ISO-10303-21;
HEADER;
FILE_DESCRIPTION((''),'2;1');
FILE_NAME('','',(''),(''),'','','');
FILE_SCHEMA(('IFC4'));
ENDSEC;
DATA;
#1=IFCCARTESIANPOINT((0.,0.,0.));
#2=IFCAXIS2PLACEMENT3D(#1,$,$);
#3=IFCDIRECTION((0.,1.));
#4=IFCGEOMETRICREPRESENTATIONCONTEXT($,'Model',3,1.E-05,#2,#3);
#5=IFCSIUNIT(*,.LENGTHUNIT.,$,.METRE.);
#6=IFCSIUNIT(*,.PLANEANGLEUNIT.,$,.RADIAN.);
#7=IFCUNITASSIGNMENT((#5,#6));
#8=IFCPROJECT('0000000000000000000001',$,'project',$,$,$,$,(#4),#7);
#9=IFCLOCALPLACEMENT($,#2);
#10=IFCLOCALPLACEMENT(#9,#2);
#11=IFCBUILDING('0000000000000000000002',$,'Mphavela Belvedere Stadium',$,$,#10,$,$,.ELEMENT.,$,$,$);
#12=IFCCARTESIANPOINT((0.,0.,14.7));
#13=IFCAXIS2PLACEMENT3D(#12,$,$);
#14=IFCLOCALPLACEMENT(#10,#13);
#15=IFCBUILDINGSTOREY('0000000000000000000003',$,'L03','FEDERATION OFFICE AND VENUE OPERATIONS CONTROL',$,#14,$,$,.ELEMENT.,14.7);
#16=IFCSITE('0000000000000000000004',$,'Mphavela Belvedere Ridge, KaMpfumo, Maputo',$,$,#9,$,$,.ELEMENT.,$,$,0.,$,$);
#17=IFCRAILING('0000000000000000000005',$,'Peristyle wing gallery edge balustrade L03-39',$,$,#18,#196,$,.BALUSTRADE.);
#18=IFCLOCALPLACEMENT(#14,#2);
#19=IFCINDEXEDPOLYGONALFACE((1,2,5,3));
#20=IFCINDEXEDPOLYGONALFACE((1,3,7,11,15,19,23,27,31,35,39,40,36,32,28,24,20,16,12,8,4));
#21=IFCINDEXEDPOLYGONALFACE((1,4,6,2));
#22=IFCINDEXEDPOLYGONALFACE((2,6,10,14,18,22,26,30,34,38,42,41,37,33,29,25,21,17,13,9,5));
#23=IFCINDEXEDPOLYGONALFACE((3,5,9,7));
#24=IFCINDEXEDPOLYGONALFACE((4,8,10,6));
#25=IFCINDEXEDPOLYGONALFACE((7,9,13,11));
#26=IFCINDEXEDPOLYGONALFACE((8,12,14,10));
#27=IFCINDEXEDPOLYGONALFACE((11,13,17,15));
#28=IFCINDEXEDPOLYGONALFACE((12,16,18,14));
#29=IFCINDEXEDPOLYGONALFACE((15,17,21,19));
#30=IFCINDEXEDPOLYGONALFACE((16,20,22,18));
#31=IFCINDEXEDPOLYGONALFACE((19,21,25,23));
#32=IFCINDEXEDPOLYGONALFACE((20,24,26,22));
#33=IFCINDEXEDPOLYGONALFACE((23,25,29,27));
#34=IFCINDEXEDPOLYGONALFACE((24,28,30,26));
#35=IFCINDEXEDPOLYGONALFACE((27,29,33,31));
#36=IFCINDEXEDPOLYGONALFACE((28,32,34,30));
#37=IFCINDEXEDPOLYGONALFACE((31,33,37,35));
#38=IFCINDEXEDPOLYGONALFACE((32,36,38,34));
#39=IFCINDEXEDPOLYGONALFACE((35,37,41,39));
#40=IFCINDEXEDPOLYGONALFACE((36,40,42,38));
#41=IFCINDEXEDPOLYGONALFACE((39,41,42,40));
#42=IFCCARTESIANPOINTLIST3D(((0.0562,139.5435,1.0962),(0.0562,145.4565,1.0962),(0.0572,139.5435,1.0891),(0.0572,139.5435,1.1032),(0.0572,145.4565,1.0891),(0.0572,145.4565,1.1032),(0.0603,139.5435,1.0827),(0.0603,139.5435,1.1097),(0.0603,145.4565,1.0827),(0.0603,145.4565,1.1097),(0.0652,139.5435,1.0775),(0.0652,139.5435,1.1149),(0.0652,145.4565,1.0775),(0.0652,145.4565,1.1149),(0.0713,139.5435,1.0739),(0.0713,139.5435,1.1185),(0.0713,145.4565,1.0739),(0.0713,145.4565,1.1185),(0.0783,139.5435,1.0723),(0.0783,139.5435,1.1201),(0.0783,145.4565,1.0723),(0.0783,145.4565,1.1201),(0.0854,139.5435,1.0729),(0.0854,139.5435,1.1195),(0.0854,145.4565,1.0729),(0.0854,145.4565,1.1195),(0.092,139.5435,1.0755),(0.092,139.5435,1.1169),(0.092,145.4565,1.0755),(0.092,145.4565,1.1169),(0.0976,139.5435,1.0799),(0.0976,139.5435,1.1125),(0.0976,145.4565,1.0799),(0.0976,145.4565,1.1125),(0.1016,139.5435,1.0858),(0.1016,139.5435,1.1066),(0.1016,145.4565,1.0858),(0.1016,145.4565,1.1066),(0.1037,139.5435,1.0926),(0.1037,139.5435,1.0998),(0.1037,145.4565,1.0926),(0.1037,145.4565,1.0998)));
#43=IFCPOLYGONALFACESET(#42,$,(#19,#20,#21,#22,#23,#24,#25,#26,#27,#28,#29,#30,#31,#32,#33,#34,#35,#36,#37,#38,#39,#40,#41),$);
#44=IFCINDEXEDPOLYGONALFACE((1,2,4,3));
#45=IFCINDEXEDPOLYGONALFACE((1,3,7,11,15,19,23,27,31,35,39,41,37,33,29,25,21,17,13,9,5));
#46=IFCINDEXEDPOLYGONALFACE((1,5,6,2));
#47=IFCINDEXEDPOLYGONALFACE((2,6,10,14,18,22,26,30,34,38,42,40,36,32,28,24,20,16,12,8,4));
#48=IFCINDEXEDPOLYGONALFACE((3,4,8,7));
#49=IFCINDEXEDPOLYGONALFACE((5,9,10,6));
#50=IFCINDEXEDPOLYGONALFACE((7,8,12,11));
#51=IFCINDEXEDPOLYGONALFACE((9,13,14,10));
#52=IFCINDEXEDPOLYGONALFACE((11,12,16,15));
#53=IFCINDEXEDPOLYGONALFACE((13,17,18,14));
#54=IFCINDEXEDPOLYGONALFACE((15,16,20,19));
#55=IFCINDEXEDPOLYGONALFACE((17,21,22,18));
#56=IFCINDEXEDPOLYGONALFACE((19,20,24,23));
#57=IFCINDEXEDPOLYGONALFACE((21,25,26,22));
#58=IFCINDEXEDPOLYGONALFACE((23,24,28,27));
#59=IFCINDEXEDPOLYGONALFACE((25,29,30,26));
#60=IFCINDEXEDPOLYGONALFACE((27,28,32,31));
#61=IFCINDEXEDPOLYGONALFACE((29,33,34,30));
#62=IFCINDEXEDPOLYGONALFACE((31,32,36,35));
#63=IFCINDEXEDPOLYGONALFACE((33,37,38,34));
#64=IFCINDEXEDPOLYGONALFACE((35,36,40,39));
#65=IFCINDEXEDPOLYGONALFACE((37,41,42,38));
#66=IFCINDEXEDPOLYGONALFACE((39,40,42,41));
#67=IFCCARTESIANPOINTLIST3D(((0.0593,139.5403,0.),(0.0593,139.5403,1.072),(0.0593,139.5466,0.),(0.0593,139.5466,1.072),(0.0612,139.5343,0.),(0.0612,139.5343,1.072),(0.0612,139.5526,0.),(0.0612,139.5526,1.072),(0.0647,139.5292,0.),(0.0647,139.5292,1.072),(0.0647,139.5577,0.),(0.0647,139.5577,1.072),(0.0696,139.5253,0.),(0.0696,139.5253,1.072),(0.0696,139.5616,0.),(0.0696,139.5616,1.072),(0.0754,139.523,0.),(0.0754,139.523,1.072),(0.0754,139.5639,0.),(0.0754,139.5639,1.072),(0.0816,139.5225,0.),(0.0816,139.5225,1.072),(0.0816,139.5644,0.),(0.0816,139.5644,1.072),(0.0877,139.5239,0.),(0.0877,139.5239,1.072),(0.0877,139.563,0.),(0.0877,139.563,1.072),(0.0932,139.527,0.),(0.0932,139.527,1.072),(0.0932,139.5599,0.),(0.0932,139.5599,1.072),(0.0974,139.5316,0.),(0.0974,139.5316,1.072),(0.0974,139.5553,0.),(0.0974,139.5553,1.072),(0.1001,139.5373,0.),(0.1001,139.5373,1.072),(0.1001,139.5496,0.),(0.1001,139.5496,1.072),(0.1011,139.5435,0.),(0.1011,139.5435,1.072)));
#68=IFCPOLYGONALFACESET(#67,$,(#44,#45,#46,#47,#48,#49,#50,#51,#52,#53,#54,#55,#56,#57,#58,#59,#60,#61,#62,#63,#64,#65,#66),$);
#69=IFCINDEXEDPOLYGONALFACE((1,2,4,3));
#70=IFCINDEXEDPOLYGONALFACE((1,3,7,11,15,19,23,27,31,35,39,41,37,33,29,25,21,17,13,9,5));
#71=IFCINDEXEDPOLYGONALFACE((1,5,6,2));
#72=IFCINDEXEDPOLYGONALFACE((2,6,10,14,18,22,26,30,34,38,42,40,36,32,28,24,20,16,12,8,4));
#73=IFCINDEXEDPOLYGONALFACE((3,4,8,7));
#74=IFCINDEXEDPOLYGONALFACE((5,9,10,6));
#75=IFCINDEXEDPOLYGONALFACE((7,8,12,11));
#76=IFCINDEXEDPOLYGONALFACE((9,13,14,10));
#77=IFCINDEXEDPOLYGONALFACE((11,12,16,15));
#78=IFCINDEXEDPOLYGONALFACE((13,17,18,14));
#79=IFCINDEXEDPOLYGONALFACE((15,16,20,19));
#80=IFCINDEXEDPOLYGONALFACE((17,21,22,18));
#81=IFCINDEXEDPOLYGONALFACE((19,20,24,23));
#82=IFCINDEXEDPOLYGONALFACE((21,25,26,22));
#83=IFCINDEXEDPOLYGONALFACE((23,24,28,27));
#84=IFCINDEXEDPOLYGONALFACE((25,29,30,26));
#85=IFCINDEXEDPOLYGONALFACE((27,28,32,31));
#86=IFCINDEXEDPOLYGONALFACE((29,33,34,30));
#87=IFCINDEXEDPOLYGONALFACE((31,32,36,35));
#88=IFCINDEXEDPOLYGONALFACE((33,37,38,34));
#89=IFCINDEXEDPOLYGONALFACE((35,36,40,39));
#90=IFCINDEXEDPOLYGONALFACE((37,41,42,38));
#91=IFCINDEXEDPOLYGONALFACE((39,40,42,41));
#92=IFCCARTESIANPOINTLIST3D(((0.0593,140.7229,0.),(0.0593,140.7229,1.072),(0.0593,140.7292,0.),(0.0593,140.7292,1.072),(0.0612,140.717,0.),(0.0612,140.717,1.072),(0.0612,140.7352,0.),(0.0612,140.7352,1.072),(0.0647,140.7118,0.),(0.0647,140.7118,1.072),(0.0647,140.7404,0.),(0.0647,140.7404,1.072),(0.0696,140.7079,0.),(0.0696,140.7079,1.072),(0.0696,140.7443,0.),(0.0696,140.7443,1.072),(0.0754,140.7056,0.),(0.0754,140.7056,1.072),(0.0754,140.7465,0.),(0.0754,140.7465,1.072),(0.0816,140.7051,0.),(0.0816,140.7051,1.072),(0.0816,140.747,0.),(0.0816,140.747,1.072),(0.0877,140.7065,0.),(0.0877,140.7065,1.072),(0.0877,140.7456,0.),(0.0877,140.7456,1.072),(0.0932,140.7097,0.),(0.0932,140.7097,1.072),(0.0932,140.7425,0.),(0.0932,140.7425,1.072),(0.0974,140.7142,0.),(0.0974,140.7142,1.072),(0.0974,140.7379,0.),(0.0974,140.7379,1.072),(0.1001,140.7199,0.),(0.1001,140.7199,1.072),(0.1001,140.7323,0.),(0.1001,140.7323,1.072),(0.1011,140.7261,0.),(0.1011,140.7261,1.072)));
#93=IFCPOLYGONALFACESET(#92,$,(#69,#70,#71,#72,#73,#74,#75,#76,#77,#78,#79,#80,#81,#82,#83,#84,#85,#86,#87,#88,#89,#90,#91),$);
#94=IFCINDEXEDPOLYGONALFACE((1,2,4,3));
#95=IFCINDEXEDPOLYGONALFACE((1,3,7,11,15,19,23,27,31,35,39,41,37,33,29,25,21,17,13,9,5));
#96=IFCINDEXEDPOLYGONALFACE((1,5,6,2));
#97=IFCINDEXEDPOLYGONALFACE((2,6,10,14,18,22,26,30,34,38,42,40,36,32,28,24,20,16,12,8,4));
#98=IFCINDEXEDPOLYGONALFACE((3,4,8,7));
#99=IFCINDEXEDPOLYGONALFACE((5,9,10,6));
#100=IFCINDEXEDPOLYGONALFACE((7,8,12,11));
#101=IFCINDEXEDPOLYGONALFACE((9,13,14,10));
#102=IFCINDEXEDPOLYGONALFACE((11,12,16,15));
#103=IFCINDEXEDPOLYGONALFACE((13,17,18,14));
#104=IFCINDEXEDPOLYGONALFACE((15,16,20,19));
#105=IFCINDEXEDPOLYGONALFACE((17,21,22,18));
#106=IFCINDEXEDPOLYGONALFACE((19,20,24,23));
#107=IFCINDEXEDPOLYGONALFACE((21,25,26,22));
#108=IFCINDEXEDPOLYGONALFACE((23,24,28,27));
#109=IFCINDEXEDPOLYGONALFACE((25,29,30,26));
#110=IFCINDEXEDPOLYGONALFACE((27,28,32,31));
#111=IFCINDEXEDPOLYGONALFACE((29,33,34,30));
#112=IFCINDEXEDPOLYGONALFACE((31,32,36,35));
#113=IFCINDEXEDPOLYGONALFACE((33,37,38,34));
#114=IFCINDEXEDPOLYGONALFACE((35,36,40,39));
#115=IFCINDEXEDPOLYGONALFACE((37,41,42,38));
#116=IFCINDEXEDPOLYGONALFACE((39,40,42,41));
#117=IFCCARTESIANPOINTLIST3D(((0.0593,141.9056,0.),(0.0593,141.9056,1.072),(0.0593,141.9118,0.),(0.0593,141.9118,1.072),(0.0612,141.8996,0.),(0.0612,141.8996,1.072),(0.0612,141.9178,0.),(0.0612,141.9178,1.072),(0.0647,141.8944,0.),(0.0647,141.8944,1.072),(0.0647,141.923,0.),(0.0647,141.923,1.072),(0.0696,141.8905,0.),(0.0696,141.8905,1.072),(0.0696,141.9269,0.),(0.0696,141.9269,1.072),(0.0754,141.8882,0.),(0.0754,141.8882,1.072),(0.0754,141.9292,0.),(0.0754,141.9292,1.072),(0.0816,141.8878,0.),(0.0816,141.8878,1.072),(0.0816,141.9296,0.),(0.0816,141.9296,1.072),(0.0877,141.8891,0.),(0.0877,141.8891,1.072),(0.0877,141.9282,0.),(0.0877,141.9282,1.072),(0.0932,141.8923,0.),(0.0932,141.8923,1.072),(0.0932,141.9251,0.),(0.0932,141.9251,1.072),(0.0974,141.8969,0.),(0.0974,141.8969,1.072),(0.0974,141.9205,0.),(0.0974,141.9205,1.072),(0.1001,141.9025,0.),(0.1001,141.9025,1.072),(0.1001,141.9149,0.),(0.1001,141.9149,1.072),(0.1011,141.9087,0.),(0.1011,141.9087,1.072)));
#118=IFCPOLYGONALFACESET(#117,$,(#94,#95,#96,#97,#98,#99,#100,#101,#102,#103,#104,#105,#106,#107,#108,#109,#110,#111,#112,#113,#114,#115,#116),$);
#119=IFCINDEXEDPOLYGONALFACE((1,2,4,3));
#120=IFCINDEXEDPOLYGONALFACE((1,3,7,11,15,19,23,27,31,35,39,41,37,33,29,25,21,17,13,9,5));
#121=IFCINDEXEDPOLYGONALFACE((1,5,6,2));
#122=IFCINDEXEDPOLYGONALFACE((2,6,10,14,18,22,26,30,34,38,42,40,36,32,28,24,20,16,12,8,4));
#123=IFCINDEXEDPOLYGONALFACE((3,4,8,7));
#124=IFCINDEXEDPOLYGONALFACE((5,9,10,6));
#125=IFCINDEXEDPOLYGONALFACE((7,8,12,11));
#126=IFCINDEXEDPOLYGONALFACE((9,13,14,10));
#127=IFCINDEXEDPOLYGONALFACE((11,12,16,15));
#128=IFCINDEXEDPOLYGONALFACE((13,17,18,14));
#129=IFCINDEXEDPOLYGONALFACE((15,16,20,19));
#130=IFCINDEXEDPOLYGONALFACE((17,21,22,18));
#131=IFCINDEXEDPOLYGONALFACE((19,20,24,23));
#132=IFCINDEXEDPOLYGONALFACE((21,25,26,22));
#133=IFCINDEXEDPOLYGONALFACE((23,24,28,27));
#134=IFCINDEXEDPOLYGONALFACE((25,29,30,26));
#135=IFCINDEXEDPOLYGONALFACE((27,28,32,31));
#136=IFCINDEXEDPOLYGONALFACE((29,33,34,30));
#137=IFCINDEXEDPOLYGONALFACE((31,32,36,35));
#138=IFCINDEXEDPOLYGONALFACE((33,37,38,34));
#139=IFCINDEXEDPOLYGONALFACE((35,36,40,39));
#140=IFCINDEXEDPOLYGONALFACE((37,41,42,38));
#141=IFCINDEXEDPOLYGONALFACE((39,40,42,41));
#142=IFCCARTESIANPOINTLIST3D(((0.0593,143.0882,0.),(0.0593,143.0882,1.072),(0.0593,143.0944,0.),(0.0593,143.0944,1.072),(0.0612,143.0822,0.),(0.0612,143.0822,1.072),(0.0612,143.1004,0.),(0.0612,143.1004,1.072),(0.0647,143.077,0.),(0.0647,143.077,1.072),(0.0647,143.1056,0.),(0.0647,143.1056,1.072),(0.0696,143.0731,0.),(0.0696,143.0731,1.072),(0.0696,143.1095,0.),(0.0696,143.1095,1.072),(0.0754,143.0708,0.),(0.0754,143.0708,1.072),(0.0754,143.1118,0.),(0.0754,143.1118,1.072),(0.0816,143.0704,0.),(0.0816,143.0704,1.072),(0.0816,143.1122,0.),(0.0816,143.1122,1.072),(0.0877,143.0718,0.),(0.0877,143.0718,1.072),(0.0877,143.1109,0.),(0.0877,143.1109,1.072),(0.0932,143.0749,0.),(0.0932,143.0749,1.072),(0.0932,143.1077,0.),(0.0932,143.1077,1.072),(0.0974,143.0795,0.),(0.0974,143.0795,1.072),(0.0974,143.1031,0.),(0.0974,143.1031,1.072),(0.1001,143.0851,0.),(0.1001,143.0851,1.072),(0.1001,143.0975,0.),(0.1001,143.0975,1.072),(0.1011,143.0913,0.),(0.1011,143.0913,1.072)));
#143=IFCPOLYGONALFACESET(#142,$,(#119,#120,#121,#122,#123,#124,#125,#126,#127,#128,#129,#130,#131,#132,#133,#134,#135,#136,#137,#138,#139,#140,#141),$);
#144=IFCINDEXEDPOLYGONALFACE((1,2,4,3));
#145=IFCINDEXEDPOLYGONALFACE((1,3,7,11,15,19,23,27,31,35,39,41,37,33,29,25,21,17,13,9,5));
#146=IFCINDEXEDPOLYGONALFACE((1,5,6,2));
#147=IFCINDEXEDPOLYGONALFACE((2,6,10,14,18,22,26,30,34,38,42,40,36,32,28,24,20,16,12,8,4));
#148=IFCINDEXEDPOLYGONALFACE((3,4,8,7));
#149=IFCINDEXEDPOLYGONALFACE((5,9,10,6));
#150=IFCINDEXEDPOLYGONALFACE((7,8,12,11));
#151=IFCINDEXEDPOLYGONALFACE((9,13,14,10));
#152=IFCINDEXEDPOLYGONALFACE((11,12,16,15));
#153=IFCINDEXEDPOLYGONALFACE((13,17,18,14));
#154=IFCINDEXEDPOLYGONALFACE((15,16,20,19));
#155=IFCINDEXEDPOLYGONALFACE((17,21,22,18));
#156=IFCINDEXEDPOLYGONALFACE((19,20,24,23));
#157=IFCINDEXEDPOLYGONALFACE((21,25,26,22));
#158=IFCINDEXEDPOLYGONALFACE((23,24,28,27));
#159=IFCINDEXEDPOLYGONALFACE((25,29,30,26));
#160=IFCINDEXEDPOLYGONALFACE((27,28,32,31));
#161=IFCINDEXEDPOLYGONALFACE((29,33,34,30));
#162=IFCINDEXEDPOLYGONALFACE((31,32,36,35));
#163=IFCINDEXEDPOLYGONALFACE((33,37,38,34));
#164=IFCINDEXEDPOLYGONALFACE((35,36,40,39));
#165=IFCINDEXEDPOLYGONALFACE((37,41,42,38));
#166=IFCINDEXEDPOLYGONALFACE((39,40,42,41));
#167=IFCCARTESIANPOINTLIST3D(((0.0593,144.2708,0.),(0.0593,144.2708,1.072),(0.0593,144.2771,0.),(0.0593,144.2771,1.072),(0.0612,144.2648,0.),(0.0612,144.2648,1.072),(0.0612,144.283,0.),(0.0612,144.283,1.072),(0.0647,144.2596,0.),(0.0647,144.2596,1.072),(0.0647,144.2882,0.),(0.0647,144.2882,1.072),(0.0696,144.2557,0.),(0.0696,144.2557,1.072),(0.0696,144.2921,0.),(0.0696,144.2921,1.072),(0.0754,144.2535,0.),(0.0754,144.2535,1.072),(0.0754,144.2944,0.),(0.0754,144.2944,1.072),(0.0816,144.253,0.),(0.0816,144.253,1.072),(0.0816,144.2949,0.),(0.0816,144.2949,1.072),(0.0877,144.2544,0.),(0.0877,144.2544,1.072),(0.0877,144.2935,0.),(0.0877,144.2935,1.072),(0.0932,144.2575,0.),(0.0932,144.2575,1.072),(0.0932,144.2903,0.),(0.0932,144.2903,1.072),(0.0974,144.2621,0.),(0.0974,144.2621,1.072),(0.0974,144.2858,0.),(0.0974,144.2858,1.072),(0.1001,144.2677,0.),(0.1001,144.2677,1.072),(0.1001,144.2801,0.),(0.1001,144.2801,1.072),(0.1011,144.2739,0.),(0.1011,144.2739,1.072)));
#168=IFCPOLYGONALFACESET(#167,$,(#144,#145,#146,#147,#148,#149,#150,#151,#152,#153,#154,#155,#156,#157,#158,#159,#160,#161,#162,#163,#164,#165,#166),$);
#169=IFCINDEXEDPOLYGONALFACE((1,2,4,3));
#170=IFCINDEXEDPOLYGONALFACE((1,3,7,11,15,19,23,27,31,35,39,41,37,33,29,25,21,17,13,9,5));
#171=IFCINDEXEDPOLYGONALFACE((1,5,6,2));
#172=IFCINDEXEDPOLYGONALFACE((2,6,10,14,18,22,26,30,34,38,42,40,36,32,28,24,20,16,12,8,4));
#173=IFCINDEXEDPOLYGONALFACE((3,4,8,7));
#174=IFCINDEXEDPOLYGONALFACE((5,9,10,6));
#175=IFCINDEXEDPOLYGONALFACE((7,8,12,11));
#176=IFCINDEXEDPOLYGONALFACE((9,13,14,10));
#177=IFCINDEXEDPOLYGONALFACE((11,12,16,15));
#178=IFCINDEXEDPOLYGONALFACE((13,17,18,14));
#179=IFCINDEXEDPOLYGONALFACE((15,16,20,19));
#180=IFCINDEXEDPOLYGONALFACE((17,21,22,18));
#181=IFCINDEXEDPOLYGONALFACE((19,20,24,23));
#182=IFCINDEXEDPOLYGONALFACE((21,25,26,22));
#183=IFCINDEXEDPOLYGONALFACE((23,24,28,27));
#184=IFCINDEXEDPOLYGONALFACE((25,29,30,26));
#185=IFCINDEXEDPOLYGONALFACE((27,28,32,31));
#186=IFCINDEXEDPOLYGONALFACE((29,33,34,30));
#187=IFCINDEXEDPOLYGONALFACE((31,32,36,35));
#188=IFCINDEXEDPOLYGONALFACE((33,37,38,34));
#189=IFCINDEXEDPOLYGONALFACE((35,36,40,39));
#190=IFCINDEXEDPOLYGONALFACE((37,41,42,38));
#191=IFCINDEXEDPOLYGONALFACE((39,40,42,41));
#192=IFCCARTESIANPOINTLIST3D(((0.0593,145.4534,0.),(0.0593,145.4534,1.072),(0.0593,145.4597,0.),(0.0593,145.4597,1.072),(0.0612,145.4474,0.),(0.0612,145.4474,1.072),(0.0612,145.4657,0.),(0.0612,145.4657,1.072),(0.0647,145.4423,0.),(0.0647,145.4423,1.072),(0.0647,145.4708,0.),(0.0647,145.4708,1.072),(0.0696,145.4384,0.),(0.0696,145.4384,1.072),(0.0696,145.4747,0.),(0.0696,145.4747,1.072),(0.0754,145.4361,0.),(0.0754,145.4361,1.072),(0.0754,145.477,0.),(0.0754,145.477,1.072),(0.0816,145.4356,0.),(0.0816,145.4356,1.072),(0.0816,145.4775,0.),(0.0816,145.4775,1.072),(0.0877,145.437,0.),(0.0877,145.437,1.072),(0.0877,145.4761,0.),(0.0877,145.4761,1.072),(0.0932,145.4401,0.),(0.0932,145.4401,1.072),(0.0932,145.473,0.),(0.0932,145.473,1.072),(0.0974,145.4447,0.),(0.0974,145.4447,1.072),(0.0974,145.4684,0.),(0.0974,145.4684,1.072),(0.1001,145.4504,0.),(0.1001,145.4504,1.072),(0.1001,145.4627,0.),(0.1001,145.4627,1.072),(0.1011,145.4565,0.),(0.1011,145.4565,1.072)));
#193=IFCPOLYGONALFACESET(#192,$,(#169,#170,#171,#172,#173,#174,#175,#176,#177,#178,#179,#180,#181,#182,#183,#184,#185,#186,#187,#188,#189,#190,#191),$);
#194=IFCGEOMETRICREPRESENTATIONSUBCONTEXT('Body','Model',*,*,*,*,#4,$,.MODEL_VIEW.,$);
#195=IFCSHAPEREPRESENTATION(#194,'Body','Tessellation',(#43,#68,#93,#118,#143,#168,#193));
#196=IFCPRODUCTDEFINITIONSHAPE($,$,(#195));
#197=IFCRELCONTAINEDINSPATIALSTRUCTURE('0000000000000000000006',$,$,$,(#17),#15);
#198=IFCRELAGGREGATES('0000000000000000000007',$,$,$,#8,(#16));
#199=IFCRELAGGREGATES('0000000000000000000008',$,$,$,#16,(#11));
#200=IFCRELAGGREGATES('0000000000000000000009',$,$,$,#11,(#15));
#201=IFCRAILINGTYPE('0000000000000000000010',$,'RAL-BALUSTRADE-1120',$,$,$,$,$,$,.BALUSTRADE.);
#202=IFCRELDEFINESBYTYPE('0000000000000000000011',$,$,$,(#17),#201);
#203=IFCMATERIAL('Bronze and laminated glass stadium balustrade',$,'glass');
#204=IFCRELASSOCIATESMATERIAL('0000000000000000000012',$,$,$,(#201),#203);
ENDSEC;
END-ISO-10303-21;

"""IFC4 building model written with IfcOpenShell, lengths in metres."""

from ifc_helpers import new_model, si_unit, direction, frame, origin, origin_2d, place, context, subcontext, project, spatial, circle, extrude, material, type_object, element, save


model = new_model("IFC4")

# Units and contexts
model_context = context("Model", 3, precision=1e-05, world=origin(), true_north=direction((0.0, 1.0)))
body_context = subcontext(model_context, "Body", "Model", "MODEL_VIEW")
ifc_project = project(units=[si_unit("LENGTHUNIT", "METRE"), si_unit("PLANEANGLEUNIT", "RADIAN")], contexts=[model_context])

# Site, building, storey
site_placement = place(None, origin())
site = spatial("IfcSite", under=ifc_project, at=site_placement, Name="Mphavela Belvedere Ridge, KaMpfumo, Maputo", CompositionType="ELEMENT", RefElevation=0.0)
building_placement = place(site_placement, origin())
building = spatial("IfcBuilding", under=site, at=building_placement, Name="Mphavela Belvedere Stadium", CompositionType="ELEMENT")
storey_placement = place(building_placement, frame((0.0, 0.0, 14.7)))
storey = spatial("IfcBuildingStorey", under=building, at=storey_placement, Name="L03", Description="FEDERATION OFFICE AND VENUE OPERATIONS CONTROL", CompositionType="ELEMENT", Elevation=14.7)

# Railing
ifc_material_1 = material(Name="Bronze and laminated glass stadium balustrade", Category="glass")
railing_type = type_object("IfcRailingType", Name="RAL-BALUSTRADE-1120", PredefinedType="BALUSTRADE", material=ifc_material_1)
for number, where, name in (
    (1, (0.0801, 139.5435, 0.0), "Peristyle wing gallery edge balustrade L03-39"),
):
    element("IfcRailing", number, at=place(storey_placement, frame(where)), inside=storey, type_object=railing_type, Name=name, PredefinedType="BALUSTRADE", context=body_context, shape_type="SweptSolid", body=[
        extrude(circle(Radius=0.0239, at=origin_2d()), frame((0.0, 0.0, 1.0962), z_axis=(0.0, 1.0, 0.0), x_axis=(-1.0, 0.0, 0.0)), (0.0, 0.0, 1.0), 5.9131),
        extrude(circle(Radius=0.021, at=origin_2d()), origin(), (0.0, 0.0, 1.0), 1.072),
        extrude(circle(Radius=0.021, at=origin_2d()), frame((0.0, 1.1826, 0.0)), (0.0, 0.0, 1.0), 1.072),
        extrude(circle(Radius=0.021, at=origin_2d()), frame((0.0, 2.3652, 0.0)), (0.0, 0.0, 1.0), 1.072),
        extrude(circle(Radius=0.021, at=origin_2d()), frame((0.0, 3.5479, 0.0)), (0.0, 0.0, 1.0), 1.072),
        extrude(circle(Radius=0.021, at=origin_2d()), frame((0.0, 4.7305, 0.0)), (0.0, 0.0, 1.0), 1.072),
        extrude(circle(Radius=0.021, at=origin_2d()), frame((0.0, 5.9131, 0.0)), (0.0, 0.0, 1.0), 1.072),
    ])

save(model, "model.ifc")
